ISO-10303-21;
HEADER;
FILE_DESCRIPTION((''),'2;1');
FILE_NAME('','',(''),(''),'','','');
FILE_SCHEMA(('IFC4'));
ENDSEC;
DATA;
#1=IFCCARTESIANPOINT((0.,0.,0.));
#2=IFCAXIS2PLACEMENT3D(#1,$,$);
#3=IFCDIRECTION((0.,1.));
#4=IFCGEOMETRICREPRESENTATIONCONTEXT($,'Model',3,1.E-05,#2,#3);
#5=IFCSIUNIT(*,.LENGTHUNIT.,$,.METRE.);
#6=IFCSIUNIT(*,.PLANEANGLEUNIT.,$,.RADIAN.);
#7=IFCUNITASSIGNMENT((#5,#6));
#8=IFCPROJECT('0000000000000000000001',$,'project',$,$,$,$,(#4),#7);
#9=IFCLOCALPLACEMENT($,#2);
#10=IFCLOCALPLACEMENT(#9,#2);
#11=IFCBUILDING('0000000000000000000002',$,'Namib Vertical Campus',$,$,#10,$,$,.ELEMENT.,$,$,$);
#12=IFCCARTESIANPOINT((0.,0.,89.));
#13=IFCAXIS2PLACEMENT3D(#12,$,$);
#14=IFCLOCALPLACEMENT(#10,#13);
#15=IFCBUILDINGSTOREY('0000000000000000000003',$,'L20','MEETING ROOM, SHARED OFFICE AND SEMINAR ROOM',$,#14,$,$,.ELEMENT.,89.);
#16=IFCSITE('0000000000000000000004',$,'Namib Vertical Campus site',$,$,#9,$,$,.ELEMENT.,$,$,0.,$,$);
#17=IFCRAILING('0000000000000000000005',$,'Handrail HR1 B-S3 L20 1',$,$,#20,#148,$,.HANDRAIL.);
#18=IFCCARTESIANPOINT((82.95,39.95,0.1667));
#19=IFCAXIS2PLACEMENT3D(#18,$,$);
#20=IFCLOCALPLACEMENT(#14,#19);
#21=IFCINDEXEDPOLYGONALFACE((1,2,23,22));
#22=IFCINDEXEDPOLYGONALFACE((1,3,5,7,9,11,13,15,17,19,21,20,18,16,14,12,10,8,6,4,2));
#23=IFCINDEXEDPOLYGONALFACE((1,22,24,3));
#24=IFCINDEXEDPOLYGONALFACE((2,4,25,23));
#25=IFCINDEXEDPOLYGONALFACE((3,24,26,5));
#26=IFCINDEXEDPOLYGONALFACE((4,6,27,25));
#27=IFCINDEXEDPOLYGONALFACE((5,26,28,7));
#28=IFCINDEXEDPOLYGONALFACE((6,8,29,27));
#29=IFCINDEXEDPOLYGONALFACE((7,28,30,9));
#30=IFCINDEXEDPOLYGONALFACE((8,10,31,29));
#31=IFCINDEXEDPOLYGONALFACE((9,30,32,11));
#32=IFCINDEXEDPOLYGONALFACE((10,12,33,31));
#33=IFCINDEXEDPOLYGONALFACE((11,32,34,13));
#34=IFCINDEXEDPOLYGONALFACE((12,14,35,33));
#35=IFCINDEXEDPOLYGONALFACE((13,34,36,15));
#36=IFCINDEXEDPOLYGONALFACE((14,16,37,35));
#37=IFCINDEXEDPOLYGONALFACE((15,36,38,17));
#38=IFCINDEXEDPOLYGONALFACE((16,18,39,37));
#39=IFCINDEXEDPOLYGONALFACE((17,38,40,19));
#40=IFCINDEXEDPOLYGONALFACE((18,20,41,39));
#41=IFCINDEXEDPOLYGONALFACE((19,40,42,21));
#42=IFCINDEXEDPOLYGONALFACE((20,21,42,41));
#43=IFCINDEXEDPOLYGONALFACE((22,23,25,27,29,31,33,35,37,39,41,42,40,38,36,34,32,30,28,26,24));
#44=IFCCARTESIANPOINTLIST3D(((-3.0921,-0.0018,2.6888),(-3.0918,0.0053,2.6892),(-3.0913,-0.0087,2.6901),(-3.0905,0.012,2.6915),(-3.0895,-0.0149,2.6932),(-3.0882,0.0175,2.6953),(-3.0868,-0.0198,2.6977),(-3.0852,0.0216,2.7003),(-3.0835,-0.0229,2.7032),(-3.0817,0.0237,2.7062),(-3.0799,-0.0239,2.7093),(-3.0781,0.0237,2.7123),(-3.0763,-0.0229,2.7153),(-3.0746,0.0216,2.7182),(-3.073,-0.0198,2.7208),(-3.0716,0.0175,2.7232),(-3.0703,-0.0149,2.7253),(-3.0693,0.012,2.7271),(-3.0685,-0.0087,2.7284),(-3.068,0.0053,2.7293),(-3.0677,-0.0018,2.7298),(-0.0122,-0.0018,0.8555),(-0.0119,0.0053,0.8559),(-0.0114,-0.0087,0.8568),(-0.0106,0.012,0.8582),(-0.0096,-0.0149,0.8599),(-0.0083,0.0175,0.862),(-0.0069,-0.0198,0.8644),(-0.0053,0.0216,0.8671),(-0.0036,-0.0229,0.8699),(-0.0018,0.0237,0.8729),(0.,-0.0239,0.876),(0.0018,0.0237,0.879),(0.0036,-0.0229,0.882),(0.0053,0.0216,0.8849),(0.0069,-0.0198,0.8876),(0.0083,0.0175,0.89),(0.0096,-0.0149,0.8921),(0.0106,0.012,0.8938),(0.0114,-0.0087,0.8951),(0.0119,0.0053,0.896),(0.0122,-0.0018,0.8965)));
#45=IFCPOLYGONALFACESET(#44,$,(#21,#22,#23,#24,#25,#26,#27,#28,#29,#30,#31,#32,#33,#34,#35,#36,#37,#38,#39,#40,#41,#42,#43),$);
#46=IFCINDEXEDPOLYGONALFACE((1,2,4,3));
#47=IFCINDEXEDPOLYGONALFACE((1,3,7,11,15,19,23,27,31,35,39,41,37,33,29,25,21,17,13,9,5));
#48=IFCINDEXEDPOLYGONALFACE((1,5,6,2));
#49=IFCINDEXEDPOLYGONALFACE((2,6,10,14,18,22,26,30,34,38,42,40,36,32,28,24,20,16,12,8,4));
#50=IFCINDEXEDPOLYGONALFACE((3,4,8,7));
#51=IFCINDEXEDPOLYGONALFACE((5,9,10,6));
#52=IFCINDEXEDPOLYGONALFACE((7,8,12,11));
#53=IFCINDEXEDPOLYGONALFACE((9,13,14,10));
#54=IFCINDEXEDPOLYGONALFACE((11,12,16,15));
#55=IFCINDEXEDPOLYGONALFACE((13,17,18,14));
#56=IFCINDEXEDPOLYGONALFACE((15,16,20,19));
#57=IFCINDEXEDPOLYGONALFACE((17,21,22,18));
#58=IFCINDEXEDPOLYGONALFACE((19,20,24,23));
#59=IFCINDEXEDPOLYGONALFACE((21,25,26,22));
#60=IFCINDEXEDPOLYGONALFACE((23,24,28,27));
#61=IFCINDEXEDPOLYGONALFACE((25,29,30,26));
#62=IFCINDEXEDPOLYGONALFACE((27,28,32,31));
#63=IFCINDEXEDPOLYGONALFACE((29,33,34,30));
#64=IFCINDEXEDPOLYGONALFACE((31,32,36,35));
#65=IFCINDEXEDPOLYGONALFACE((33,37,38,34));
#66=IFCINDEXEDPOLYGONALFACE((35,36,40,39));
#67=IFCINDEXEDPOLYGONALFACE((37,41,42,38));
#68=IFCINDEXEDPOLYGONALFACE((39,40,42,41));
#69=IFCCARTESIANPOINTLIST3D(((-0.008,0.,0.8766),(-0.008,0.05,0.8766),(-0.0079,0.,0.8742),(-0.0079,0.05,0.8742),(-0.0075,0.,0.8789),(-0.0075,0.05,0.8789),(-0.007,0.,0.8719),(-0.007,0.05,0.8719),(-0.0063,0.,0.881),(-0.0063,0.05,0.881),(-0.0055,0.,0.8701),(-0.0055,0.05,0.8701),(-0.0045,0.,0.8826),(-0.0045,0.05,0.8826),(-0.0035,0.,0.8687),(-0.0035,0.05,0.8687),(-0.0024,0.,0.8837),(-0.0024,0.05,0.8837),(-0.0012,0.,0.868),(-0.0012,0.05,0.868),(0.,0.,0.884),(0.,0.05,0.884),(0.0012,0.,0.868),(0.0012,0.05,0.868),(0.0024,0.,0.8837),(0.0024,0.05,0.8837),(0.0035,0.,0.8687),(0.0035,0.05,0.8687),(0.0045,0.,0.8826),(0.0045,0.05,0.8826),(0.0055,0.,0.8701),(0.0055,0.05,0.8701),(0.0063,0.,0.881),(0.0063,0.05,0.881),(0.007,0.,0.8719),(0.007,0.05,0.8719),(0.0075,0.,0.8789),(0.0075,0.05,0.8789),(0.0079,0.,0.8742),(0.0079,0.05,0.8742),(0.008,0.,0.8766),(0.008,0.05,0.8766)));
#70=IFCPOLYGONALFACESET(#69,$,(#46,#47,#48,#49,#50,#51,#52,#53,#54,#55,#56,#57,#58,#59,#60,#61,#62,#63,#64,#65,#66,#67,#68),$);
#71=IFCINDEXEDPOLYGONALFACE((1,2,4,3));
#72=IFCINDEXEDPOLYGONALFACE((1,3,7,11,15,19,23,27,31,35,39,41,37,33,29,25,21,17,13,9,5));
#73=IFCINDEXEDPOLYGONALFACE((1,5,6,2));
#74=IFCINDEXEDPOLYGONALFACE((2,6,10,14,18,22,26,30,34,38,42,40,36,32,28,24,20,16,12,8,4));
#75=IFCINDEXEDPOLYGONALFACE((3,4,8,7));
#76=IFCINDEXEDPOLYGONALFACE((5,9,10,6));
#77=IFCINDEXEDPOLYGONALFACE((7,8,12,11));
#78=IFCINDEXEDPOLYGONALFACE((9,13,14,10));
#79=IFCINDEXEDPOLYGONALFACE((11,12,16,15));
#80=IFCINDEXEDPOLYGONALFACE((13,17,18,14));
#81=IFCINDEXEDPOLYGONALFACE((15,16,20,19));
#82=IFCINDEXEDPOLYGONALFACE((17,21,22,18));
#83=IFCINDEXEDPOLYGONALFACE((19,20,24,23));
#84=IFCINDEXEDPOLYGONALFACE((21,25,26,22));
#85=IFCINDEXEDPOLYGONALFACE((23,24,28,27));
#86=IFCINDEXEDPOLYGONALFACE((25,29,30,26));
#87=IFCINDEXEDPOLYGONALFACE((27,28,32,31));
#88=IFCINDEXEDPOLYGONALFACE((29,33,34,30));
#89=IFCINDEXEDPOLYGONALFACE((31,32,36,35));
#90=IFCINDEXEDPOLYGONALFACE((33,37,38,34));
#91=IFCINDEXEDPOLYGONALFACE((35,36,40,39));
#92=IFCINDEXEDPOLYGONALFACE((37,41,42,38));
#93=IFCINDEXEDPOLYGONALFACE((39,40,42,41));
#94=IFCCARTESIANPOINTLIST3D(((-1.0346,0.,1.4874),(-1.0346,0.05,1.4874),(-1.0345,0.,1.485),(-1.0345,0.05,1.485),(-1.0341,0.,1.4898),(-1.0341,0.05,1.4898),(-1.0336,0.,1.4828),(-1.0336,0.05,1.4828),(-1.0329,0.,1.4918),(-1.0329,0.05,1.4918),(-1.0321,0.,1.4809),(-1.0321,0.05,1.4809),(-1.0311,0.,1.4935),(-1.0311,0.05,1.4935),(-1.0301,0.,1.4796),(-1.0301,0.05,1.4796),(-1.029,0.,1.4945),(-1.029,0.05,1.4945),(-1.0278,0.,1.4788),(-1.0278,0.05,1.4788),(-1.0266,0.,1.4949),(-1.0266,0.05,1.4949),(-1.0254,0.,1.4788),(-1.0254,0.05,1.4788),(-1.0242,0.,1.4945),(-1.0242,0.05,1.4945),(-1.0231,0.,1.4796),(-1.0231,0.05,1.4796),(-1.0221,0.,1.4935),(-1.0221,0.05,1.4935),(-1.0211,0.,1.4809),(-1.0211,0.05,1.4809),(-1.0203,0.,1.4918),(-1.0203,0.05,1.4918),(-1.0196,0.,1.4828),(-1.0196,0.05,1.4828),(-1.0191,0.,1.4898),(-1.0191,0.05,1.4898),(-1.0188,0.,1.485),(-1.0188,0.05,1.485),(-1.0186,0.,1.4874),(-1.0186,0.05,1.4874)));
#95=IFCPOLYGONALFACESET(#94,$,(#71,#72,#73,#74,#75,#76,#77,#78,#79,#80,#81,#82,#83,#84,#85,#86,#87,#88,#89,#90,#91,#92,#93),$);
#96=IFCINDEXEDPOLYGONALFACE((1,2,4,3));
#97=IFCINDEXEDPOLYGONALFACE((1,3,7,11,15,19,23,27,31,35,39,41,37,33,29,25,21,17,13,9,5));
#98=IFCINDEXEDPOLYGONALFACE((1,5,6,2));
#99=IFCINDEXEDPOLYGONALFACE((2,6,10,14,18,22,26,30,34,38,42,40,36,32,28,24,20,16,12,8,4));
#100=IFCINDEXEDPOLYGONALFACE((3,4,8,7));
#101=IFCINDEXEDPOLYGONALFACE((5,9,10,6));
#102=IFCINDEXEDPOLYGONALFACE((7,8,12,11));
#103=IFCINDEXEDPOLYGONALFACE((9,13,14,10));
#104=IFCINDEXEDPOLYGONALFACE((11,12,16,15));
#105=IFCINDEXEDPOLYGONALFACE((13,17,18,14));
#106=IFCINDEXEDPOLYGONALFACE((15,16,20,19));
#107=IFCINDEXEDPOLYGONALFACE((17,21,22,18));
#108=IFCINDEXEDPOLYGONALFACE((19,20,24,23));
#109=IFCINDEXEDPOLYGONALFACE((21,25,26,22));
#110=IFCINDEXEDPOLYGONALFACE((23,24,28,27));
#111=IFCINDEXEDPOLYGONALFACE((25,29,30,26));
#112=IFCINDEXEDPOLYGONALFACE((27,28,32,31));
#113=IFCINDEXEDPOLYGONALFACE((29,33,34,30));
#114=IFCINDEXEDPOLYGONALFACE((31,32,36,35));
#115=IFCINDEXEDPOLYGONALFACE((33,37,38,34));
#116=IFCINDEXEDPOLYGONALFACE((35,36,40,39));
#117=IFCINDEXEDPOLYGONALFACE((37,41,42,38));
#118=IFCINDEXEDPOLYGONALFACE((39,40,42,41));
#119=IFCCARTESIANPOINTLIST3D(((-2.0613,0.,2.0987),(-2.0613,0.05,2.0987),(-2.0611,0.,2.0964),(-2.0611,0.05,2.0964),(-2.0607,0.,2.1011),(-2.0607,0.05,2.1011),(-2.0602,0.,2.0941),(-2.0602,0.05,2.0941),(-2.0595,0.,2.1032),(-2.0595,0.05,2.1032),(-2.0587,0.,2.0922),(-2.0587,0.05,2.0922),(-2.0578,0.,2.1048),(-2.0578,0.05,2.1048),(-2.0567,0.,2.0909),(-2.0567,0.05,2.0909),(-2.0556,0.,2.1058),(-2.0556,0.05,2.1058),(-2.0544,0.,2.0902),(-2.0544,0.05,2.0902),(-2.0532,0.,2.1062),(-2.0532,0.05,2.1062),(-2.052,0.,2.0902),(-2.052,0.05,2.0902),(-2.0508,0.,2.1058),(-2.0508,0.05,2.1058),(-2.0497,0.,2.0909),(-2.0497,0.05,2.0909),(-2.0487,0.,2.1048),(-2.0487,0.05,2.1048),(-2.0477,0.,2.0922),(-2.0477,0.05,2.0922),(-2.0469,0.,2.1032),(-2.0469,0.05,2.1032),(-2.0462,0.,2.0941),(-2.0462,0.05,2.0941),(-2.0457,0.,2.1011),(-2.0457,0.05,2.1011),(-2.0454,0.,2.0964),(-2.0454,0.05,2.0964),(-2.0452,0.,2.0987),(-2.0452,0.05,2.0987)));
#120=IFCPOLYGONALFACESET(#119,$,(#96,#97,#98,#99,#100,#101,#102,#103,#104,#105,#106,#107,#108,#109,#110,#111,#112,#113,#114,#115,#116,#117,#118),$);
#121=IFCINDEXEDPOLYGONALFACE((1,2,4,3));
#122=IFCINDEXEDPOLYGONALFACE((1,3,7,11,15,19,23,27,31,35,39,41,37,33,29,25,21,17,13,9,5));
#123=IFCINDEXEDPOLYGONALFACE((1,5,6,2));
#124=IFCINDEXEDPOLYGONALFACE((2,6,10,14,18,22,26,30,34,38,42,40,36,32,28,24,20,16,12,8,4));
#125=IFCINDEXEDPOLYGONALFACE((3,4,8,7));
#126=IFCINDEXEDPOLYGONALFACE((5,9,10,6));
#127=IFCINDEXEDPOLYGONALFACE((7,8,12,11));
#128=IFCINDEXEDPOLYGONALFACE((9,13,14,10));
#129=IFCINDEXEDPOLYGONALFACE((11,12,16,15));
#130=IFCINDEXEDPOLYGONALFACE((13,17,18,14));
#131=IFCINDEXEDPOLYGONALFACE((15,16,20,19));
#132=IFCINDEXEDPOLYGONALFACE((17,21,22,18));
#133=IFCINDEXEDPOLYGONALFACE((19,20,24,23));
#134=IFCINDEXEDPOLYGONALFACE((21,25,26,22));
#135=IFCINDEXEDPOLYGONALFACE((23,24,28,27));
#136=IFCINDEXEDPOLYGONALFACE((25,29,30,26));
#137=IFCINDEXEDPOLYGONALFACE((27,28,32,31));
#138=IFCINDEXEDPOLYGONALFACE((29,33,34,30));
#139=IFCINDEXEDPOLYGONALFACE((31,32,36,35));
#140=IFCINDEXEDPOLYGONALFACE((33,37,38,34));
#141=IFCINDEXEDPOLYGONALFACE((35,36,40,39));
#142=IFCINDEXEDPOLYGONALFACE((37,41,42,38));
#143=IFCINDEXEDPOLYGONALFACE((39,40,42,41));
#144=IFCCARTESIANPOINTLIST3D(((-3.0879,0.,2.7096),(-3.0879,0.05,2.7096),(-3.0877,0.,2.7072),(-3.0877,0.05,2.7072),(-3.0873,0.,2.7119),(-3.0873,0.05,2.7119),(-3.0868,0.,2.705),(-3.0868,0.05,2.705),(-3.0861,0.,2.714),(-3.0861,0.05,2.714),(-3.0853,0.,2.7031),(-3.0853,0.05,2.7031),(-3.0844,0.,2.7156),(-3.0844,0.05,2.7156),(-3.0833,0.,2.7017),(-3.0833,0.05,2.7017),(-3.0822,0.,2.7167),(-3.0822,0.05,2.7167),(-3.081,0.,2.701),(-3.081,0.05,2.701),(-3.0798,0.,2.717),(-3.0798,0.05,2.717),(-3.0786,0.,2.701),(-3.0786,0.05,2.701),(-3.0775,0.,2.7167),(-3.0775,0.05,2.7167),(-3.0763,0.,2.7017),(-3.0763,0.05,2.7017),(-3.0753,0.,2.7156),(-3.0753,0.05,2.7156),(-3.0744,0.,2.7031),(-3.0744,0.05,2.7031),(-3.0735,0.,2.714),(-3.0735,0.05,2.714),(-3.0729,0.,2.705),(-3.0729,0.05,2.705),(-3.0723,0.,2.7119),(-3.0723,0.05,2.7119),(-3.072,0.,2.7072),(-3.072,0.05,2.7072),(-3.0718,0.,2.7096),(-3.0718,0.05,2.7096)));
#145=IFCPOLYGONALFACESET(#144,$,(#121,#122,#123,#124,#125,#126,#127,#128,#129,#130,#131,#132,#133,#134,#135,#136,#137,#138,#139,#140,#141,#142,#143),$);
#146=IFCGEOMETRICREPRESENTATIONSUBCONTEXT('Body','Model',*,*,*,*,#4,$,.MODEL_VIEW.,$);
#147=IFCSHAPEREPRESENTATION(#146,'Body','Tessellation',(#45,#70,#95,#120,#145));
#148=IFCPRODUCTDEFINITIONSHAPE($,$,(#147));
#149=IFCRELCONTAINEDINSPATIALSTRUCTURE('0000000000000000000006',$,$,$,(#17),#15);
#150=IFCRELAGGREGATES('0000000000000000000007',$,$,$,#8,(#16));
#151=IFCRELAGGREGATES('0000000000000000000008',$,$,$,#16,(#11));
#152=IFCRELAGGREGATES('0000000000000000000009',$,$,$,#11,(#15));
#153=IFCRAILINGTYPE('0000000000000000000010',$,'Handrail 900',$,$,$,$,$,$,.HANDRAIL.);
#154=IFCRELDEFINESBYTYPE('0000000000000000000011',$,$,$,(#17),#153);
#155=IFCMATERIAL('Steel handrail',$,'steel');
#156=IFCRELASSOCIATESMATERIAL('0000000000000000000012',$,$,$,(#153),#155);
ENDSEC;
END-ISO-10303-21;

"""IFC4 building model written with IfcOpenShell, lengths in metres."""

from ifc_helpers import new_model, si_unit, direction, frame, origin, origin_2d, place, context, subcontext, project, spatial, circle, extrude, material, type_object, element, save


model = new_model("IFC4")

# Units and contexts
model_context = context("Model", 3, precision=1e-05, world=origin(), true_north=direction((0.0, 1.0)))
body_context = subcontext(model_context, "Body", "Model", "MODEL_VIEW")
ifc_project = project(units=[si_unit("LENGTHUNIT", "METRE"), si_unit("PLANEANGLEUNIT", "RADIAN")], contexts=[model_context])

# Site, building, storey
site_placement = place(None, origin())
site = spatial("IfcSite", under=ifc_project, at=site_placement, Name="Namib Vertical Campus site", CompositionType="ELEMENT", RefElevation=0.0)
building_placement = place(site_placement, origin())
building = spatial("IfcBuilding", under=site, at=building_placement, Name="Namib Vertical Campus", CompositionType="ELEMENT")
storey_placement = place(building_placement, frame((0.0, 0.0, 89.0)))
storey = spatial("IfcBuildingStorey", under=building, at=storey_placement, Name="L20", Description="MEETING ROOM, SHARED OFFICE AND SEMINAR ROOM", CompositionType="ELEMENT", Elevation=89.0)

# Railing
ifc_material_1 = material(Name="Steel handrail", Category="steel")
railing_type_1 = type_object("IfcRailingType", Name="Handrail 900", PredefinedType="HANDRAIL", material=ifc_material_1)
railing_1_placement = place(storey_placement, frame((82.95, 39.95, 0.1667)))
element("IfcRailing", 1, at=railing_1_placement, inside=storey, type_object=railing_type_1, Name="Handrail HR1 B-S3 L20 1", PredefinedType="HANDRAIL", context=body_context, shape_type="SweptSolid", body=[
    extrude(circle(Radius=0.0239, at=origin_2d()), frame((0.0, 0.0, 0.876), z_axis=(-0.859291, 0.0, 0.511487), x_axis=(0.0, -1.0, 0.0)), (0.0, 0.0, 1.0), 3.5842),
    extrude(circle(Radius=0.0081, at=origin_2d()), frame((0.0, 0.0, 0.876), z_axis=(0.0, 1.0, 0.0), x_axis=(0.0, 0.0, 1.0)), (0.0, 0.0, 1.0), 0.05),
    extrude(circle(Radius=0.0081, at=origin_2d()), frame((-1.0266, 0.0, 1.4868), z_axis=(0.0, 1.0, 0.0), x_axis=(0.0, 0.0, 1.0)), (0.0, 0.0, 1.0), 0.05),
    extrude(circle(Radius=0.0081, at=origin_2d()), frame((-2.0532, 0.0, 2.0981), z_axis=(0.0, 1.0, 0.0), x_axis=(0.0, 0.0, 1.0)), (0.0, 0.0, 1.0), 0.05),
    extrude(circle(Radius=0.0081, at=origin_2d()), frame((-3.0798, 0.0, 2.709), z_axis=(0.0, 1.0, 0.0), x_axis=(0.0, 0.0, 1.0)), (0.0, 0.0, 1.0), 0.05),
])

save(model, "model.ifc")
